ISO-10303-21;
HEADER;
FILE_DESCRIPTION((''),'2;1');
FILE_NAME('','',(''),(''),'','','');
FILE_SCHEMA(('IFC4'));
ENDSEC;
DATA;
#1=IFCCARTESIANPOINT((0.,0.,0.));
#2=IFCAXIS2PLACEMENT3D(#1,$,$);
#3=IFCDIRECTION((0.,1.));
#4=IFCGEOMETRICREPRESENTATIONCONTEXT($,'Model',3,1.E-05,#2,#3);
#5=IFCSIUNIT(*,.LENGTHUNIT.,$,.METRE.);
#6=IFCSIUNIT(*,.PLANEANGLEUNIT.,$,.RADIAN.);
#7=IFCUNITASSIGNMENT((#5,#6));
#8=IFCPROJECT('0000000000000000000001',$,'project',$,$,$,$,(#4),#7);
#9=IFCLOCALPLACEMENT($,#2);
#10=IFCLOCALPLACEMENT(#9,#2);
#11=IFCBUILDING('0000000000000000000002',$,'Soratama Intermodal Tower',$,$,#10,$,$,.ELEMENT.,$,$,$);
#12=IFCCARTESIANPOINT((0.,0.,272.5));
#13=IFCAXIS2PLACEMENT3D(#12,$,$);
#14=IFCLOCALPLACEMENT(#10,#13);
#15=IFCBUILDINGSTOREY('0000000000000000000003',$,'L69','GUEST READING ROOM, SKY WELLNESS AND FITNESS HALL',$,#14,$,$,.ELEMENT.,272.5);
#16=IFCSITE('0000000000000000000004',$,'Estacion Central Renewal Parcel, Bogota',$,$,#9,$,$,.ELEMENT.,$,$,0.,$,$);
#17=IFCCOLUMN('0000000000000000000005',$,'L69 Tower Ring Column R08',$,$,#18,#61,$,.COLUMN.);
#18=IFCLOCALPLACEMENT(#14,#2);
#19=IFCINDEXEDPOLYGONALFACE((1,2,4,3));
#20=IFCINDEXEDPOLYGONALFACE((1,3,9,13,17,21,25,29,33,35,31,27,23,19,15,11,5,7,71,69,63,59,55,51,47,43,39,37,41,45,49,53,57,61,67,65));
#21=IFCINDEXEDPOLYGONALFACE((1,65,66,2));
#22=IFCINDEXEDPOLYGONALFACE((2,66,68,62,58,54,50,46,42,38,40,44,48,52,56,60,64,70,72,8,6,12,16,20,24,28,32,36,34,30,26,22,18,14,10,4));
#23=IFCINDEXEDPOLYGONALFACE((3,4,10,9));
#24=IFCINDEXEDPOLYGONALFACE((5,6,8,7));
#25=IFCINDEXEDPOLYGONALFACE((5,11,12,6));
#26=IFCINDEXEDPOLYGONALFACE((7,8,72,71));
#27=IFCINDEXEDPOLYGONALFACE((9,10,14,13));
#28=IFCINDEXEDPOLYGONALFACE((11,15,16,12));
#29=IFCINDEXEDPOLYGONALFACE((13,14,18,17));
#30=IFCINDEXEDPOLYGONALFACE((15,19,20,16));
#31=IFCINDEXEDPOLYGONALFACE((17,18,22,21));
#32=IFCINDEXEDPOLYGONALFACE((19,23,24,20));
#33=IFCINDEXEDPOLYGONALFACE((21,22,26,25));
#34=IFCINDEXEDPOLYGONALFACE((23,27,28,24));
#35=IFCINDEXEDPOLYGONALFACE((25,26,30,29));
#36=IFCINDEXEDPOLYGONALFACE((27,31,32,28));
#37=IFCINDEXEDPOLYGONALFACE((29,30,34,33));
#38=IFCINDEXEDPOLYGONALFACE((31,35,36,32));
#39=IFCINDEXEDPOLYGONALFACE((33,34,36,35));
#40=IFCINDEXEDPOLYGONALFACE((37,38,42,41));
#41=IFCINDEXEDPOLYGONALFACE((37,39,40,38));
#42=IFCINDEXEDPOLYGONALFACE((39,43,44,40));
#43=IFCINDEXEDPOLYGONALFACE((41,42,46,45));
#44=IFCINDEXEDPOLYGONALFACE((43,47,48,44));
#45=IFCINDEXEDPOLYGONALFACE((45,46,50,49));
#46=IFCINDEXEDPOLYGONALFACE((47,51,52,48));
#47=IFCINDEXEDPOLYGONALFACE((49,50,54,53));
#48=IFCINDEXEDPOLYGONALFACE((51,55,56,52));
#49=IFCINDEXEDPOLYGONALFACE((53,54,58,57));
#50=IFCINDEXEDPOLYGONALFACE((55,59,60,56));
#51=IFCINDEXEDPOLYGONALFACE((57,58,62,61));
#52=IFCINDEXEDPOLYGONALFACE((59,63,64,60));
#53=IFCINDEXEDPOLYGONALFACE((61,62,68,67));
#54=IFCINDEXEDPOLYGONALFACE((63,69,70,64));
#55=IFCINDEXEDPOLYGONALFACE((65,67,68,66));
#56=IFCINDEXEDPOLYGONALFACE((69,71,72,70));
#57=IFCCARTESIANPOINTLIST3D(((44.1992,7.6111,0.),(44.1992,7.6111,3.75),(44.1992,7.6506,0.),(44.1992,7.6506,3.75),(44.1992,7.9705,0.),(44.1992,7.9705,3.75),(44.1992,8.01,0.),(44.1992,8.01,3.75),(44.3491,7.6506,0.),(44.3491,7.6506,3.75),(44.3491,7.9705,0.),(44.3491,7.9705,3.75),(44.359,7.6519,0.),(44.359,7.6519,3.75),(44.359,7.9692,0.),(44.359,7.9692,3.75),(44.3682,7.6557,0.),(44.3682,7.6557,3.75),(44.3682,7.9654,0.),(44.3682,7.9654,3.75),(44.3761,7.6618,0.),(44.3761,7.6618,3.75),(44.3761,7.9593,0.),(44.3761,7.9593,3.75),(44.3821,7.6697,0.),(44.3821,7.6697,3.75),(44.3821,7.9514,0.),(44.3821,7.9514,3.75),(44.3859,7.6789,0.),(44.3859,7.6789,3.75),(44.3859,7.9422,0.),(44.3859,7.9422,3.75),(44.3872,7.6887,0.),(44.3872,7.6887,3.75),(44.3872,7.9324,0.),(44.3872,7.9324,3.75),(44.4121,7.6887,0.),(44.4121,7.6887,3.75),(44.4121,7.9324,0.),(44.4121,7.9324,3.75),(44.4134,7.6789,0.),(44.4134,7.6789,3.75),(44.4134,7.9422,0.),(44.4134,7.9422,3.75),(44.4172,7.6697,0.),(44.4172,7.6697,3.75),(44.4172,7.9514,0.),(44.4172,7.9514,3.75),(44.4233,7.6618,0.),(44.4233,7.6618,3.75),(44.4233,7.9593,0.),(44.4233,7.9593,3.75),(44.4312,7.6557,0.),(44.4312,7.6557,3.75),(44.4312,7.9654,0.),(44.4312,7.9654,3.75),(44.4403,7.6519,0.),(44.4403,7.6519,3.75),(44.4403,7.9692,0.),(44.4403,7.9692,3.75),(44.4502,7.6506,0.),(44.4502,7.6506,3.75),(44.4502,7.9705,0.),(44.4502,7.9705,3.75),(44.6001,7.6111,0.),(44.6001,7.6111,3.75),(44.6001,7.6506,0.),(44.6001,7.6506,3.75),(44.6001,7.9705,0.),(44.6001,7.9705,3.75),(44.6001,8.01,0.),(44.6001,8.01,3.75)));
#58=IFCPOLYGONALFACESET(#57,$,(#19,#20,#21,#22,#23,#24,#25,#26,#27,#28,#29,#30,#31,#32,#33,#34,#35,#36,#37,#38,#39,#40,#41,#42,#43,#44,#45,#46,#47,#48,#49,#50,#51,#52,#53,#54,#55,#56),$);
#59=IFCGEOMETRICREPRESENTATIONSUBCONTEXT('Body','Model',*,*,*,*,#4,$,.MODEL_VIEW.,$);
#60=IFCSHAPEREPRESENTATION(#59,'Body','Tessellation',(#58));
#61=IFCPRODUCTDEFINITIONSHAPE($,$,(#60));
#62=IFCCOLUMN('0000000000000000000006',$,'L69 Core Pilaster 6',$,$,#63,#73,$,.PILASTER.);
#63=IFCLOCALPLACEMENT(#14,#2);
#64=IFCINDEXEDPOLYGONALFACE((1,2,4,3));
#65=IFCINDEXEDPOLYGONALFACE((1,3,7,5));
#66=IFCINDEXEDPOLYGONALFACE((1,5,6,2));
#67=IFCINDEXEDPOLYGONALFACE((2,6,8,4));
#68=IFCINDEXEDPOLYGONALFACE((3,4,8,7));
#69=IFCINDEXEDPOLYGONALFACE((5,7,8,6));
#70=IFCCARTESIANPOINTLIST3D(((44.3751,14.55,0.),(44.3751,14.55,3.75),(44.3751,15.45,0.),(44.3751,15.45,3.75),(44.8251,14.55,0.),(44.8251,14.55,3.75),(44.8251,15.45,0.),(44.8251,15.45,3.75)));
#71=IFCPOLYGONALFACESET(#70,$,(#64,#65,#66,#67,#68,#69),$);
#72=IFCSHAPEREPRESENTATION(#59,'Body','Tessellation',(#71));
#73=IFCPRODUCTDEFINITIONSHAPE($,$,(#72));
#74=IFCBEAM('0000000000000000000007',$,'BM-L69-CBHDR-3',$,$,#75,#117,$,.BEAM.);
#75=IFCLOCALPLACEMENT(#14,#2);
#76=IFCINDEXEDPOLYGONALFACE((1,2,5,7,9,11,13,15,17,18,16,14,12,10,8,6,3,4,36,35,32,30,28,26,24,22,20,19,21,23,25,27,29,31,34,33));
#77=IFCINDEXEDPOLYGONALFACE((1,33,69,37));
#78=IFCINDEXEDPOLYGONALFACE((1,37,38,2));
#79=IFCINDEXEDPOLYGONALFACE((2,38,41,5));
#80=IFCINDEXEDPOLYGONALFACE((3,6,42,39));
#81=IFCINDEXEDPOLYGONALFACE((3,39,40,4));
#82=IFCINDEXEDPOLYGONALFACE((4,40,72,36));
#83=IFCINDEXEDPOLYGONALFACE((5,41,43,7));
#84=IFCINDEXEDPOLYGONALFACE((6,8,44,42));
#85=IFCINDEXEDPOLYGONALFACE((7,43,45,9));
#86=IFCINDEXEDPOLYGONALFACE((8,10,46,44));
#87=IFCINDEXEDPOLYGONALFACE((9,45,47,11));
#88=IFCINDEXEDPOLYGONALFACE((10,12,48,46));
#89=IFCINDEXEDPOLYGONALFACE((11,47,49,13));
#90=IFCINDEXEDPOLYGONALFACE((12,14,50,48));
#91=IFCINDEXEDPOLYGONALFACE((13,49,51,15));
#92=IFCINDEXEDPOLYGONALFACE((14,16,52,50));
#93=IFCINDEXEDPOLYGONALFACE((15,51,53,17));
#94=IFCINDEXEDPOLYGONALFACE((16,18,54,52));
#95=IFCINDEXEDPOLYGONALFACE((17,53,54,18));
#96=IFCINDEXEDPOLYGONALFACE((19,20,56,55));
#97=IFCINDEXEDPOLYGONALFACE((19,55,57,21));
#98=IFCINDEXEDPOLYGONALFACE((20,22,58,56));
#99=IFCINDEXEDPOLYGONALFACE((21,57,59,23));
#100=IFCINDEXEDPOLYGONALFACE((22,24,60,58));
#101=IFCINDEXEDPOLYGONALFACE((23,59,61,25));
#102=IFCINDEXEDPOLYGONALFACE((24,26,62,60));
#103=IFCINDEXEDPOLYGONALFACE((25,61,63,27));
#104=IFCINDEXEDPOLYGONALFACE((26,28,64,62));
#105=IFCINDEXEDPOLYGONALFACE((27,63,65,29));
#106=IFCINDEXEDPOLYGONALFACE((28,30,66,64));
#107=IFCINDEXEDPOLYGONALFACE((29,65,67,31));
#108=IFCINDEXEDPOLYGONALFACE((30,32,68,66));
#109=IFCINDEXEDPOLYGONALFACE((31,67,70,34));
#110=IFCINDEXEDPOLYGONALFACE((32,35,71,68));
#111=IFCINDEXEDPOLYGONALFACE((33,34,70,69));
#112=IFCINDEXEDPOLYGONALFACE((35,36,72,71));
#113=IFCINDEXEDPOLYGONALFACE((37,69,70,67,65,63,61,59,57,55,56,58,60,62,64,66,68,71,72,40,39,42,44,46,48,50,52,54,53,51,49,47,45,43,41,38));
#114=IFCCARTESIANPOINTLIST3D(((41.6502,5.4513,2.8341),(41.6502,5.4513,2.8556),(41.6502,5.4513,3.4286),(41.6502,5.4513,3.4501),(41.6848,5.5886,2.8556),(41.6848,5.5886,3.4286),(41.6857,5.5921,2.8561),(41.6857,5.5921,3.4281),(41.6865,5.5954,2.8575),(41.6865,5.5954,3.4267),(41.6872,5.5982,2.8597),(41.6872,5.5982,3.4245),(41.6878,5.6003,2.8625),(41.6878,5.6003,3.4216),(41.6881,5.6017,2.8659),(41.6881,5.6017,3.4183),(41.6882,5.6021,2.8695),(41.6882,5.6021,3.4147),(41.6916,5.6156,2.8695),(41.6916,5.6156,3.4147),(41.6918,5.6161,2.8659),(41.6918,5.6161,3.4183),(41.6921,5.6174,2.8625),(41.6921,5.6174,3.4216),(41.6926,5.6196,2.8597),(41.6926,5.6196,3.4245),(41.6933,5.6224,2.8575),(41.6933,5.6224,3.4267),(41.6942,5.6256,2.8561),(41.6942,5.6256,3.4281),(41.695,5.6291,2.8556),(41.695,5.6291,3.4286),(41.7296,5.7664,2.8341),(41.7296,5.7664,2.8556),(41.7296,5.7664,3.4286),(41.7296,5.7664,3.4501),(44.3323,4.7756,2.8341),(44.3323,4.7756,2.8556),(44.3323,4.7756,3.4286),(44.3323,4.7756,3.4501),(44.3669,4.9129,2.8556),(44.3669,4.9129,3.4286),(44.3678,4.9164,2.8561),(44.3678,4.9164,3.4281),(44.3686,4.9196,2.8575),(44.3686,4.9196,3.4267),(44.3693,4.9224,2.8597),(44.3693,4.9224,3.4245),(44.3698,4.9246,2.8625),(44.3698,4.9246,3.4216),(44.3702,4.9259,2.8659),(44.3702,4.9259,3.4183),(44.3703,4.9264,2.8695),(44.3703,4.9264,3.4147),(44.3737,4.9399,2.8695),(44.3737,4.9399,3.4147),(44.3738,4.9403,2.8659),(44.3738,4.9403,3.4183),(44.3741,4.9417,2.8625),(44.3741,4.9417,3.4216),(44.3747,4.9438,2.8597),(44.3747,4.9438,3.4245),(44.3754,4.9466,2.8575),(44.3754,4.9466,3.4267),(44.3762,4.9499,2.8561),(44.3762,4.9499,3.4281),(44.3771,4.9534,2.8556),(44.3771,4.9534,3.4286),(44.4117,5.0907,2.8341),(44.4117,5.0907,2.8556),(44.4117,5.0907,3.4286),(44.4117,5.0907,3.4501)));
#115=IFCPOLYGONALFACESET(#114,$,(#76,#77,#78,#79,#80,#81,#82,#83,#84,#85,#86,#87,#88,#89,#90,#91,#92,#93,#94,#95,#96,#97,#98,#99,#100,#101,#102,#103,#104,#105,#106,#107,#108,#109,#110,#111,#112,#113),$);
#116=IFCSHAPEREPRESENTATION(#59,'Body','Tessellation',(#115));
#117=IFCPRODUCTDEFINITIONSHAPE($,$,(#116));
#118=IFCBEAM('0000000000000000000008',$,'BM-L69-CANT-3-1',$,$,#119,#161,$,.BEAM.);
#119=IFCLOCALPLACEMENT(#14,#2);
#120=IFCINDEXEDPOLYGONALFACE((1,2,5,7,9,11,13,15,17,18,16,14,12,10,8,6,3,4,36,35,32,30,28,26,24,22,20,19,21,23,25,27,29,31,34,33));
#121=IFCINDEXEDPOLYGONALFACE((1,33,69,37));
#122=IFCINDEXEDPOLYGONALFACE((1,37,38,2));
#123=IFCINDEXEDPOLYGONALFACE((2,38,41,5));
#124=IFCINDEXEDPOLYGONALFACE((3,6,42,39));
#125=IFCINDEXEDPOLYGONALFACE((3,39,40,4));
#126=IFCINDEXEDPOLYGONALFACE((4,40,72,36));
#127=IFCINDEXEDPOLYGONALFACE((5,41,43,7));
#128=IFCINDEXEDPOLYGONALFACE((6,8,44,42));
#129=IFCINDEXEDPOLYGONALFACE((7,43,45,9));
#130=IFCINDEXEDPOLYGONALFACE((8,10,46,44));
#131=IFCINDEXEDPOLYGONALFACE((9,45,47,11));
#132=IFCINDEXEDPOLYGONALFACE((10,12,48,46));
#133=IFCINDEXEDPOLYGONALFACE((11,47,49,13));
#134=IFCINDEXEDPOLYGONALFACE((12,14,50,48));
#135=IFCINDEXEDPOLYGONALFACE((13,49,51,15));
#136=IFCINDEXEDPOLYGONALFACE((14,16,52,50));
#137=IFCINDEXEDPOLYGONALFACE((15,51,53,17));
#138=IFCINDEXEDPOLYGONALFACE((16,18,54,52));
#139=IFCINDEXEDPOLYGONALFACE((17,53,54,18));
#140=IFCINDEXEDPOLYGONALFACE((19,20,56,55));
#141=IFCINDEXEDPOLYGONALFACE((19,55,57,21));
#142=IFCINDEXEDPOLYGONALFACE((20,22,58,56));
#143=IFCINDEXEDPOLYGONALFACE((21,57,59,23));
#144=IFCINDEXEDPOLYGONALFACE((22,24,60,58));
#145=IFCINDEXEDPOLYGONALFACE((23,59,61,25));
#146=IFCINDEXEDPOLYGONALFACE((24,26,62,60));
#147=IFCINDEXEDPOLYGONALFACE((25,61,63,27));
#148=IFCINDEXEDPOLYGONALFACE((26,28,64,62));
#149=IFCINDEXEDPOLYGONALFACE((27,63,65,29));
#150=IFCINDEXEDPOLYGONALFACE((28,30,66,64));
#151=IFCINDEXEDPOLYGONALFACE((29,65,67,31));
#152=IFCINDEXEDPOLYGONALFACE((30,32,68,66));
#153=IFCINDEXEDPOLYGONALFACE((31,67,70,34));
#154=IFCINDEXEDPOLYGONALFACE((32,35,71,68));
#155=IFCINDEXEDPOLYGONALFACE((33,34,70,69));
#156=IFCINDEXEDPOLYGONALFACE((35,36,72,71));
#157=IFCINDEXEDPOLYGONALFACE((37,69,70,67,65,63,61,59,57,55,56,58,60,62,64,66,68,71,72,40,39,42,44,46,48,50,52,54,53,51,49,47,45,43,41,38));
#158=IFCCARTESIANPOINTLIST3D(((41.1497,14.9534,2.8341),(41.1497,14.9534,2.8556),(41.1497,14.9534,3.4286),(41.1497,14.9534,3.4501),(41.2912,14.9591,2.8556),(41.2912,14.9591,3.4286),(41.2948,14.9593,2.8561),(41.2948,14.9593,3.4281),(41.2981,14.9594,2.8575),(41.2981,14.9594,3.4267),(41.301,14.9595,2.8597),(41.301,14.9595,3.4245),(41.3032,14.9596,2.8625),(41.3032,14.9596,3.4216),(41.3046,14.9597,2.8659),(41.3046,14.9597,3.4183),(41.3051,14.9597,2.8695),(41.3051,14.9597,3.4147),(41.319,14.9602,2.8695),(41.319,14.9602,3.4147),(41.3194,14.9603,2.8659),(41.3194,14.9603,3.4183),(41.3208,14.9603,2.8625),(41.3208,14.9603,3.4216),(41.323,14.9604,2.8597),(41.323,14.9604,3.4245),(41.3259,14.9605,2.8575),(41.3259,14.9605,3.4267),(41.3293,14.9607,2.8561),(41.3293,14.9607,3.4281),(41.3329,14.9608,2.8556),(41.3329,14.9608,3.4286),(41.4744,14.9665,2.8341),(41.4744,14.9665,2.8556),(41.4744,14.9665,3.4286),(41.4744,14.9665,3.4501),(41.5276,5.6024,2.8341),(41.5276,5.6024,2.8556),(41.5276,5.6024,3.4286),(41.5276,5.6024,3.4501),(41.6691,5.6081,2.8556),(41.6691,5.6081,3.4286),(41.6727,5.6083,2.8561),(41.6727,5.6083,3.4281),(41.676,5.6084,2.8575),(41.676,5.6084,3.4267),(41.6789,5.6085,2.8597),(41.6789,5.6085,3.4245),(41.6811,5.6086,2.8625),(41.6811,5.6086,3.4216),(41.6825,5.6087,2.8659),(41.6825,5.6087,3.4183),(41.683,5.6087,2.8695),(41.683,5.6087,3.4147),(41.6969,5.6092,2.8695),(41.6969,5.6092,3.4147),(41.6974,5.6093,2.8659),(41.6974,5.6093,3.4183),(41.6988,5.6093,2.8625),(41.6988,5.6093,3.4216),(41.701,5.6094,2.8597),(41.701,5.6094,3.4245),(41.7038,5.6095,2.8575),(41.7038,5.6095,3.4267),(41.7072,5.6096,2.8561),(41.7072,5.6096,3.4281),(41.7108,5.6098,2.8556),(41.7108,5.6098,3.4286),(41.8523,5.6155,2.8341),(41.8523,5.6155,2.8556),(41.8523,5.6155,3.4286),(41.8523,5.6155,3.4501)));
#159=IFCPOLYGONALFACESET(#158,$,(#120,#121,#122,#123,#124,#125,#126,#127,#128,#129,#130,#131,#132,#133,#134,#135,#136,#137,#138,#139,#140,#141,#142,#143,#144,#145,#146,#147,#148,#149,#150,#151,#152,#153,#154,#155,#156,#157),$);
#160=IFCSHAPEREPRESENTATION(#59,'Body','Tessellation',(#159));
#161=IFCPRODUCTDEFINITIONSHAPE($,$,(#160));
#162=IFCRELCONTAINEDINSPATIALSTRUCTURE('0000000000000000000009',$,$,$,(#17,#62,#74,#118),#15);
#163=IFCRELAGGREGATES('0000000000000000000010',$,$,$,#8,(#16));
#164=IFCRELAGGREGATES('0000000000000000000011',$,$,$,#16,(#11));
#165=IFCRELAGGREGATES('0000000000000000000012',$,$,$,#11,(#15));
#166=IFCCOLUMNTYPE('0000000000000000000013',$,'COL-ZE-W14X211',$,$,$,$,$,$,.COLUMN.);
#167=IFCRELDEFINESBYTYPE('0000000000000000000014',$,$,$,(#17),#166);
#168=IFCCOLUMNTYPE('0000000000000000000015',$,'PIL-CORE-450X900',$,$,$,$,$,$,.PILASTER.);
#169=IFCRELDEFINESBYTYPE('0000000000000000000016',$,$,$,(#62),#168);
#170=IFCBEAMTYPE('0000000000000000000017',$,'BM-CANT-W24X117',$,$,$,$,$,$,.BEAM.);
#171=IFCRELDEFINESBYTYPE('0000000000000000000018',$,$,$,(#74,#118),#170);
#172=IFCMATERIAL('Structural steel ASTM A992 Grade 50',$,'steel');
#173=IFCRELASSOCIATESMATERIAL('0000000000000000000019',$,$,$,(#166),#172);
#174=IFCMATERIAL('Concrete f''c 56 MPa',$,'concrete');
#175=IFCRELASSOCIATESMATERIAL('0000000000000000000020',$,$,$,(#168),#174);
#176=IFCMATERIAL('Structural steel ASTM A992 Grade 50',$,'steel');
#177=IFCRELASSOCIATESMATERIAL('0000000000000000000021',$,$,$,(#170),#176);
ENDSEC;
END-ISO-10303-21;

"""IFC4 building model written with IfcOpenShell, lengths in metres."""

from ifc_helpers import new_model, si_unit, direction, frame, origin, origin_2d, place, context, subcontext, project, spatial, rectangle, i_section, extrude, material, material_profile, profile_set, type_object, element, save


model = new_model("IFC4")

# Units and contexts
model_context = context("Model", 3, precision=1e-05, world=origin(), true_north=direction((0.0, 1.0)))
body_context = subcontext(model_context, "Body", "Model", "MODEL_VIEW")
ifc_project = project(units=[si_unit("LENGTHUNIT", "METRE"), si_unit("PLANEANGLEUNIT", "RADIAN")], contexts=[model_context])

# Site, building, storey
site_placement = place(None, origin())
site = spatial("IfcSite", under=ifc_project, at=site_placement, Name="Estacion Central Renewal Parcel, Bogota", CompositionType="ELEMENT", RefElevation=0.0)
building_placement = place(site_placement, origin())
building = spatial("IfcBuilding", under=site, at=building_placement, Name="Soratama Intermodal Tower", CompositionType="ELEMENT")
storey_placement = place(building_placement, frame((0.0, 0.0, 272.5)))
storey = spatial("IfcBuildingStorey", under=building, at=storey_placement, Name="L69", Description="GUEST READING ROOM, SKY WELLNESS AND FITNESS HALL", CompositionType="ELEMENT", Elevation=272.5)

# Columns
ifc_material_1 = material(Name="Structural steel ASTM A992 Grade 50", Category="steel")
ifc_material_profile_1 = material_profile(ifc_material_1, i_section(OverallWidth=0.4009, OverallDepth=0.3989, WebThickness=0.0249, FlangeThickness=0.0396, FilletRadius=0.0381, at=origin_2d()), Name="W14X211")
ifc_profile_set_1 = profile_set([ifc_material_profile_1], Name="Structural steel ASTM A992 Grade 50")
column_type_1 = type_object("IfcColumnType", Name="COL-ZE-W14X211", PredefinedType="COLUMN", material=ifc_profile_set_1)
column_1_placement = place(storey_placement, frame((44.3997, 7.8105, 0.0), z_axis=(0.0, 0.0, 1.0), x_axis=(1.0, 0.0, 0.0)))
element("IfcColumn", 1, at=column_1_placement, inside=storey, type_object=column_type_1, Name="L69 Tower Ring Column R08", PredefinedType="COLUMN", context=body_context, shape_type="SweptSolid", body=[
    extrude(i_section(OverallWidth=0.4009, OverallDepth=0.3989, WebThickness=0.0249, FlangeThickness=0.0396, FilletRadius=0.0381, at=origin_2d()), origin(), (0.0, 0.0, 1.0), 3.75),
])
ifc_material_2 = material(Name="Concrete f'c 56 MPa", Category="concrete")
ifc_material_profile_2 = material_profile(ifc_material_2, rectangle(XDim=0.45, YDim=0.8999, at=origin_2d()), Name="RC450X900")
ifc_profile_set_2 = profile_set([ifc_material_profile_2], Name="Concrete f'c 56 MPa")
column_type_2 = type_object("IfcColumnType", Name="PIL-CORE-450X900", PredefinedType="PILASTER", material=ifc_profile_set_2)
column_2_placement = place(storey_placement, frame((44.6001, 15.0, 0.0), z_axis=(0.0, 0.0, 1.0), x_axis=(1.0, 0.0, 0.0)))
element("IfcColumn", 2, at=column_2_placement, inside=storey, type_object=column_type_2, Name="L69 Core Pilaster 6", PredefinedType="PILASTER", context=body_context, shape_type="SweptSolid", body=[
    extrude(rectangle(XDim=0.45, YDim=0.8999, at=origin_2d()), origin(), (0.0, 0.0, 1.0), 3.75),
])

# Beams
ifc_material_3 = material(Name="Structural steel ASTM A992 Grade 50", Category="steel")
ifc_material_profile_3 = material_profile(ifc_material_3, i_section(OverallWidth=0.325, OverallDepth=0.616, WebThickness=0.0139, FlangeThickness=0.0215, FilletRadius=0.0139, at=origin_2d()), Name="W24X117")
ifc_profile_set_3 = profile_set([ifc_material_profile_3], Name="Structural steel ASTM A992 Grade 50")
beam_type_1 = type_object("IfcBeamType", Name="BM-CANT-W24X117", PredefinedType="BEAM", material=ifc_profile_set_3)
beam_1_placement = place(storey_placement, frame((41.6899, 5.6089, 3.1421), z_axis=(0.969694, -0.244321, 0.0), x_axis=(0.244321, 0.969694, 0.0)))
element("IfcBeam", 3, at=beam_1_placement, inside=storey, type_object=beam_type_1, Name="BM-L69-CBHDR-3", PredefinedType="BEAM", context=body_context, shape_type="SweptSolid", body=[
    extrude(i_section(OverallWidth=0.325, OverallDepth=0.616, WebThickness=0.0139, FlangeThickness=0.0215, FilletRadius=0.0139, at=origin_2d()), origin(), (0.0, 0.0, 1.0), 2.7659),
])
beam_2_placement = place(storey_placement, frame((41.312, 14.96, 3.1421), z_axis=(0.040383, -0.999184, 0.0), x_axis=(0.999184, 0.040383, 0.0)))
element("IfcBeam", 4, at=beam_2_placement, inside=storey, type_object=beam_type_1, Name="BM-L69-CANT-3-1", PredefinedType="BEAM", context=body_context, shape_type="SweptSolid", body=[
    extrude(i_section(OverallWidth=0.325, OverallDepth=0.616, WebThickness=0.0139, FlangeThickness=0.0215, FilletRadius=0.0139, at=origin_2d()), origin(), (0.0, 0.0, 1.0), 9.3586),
])

save(model, "model.ifc")
